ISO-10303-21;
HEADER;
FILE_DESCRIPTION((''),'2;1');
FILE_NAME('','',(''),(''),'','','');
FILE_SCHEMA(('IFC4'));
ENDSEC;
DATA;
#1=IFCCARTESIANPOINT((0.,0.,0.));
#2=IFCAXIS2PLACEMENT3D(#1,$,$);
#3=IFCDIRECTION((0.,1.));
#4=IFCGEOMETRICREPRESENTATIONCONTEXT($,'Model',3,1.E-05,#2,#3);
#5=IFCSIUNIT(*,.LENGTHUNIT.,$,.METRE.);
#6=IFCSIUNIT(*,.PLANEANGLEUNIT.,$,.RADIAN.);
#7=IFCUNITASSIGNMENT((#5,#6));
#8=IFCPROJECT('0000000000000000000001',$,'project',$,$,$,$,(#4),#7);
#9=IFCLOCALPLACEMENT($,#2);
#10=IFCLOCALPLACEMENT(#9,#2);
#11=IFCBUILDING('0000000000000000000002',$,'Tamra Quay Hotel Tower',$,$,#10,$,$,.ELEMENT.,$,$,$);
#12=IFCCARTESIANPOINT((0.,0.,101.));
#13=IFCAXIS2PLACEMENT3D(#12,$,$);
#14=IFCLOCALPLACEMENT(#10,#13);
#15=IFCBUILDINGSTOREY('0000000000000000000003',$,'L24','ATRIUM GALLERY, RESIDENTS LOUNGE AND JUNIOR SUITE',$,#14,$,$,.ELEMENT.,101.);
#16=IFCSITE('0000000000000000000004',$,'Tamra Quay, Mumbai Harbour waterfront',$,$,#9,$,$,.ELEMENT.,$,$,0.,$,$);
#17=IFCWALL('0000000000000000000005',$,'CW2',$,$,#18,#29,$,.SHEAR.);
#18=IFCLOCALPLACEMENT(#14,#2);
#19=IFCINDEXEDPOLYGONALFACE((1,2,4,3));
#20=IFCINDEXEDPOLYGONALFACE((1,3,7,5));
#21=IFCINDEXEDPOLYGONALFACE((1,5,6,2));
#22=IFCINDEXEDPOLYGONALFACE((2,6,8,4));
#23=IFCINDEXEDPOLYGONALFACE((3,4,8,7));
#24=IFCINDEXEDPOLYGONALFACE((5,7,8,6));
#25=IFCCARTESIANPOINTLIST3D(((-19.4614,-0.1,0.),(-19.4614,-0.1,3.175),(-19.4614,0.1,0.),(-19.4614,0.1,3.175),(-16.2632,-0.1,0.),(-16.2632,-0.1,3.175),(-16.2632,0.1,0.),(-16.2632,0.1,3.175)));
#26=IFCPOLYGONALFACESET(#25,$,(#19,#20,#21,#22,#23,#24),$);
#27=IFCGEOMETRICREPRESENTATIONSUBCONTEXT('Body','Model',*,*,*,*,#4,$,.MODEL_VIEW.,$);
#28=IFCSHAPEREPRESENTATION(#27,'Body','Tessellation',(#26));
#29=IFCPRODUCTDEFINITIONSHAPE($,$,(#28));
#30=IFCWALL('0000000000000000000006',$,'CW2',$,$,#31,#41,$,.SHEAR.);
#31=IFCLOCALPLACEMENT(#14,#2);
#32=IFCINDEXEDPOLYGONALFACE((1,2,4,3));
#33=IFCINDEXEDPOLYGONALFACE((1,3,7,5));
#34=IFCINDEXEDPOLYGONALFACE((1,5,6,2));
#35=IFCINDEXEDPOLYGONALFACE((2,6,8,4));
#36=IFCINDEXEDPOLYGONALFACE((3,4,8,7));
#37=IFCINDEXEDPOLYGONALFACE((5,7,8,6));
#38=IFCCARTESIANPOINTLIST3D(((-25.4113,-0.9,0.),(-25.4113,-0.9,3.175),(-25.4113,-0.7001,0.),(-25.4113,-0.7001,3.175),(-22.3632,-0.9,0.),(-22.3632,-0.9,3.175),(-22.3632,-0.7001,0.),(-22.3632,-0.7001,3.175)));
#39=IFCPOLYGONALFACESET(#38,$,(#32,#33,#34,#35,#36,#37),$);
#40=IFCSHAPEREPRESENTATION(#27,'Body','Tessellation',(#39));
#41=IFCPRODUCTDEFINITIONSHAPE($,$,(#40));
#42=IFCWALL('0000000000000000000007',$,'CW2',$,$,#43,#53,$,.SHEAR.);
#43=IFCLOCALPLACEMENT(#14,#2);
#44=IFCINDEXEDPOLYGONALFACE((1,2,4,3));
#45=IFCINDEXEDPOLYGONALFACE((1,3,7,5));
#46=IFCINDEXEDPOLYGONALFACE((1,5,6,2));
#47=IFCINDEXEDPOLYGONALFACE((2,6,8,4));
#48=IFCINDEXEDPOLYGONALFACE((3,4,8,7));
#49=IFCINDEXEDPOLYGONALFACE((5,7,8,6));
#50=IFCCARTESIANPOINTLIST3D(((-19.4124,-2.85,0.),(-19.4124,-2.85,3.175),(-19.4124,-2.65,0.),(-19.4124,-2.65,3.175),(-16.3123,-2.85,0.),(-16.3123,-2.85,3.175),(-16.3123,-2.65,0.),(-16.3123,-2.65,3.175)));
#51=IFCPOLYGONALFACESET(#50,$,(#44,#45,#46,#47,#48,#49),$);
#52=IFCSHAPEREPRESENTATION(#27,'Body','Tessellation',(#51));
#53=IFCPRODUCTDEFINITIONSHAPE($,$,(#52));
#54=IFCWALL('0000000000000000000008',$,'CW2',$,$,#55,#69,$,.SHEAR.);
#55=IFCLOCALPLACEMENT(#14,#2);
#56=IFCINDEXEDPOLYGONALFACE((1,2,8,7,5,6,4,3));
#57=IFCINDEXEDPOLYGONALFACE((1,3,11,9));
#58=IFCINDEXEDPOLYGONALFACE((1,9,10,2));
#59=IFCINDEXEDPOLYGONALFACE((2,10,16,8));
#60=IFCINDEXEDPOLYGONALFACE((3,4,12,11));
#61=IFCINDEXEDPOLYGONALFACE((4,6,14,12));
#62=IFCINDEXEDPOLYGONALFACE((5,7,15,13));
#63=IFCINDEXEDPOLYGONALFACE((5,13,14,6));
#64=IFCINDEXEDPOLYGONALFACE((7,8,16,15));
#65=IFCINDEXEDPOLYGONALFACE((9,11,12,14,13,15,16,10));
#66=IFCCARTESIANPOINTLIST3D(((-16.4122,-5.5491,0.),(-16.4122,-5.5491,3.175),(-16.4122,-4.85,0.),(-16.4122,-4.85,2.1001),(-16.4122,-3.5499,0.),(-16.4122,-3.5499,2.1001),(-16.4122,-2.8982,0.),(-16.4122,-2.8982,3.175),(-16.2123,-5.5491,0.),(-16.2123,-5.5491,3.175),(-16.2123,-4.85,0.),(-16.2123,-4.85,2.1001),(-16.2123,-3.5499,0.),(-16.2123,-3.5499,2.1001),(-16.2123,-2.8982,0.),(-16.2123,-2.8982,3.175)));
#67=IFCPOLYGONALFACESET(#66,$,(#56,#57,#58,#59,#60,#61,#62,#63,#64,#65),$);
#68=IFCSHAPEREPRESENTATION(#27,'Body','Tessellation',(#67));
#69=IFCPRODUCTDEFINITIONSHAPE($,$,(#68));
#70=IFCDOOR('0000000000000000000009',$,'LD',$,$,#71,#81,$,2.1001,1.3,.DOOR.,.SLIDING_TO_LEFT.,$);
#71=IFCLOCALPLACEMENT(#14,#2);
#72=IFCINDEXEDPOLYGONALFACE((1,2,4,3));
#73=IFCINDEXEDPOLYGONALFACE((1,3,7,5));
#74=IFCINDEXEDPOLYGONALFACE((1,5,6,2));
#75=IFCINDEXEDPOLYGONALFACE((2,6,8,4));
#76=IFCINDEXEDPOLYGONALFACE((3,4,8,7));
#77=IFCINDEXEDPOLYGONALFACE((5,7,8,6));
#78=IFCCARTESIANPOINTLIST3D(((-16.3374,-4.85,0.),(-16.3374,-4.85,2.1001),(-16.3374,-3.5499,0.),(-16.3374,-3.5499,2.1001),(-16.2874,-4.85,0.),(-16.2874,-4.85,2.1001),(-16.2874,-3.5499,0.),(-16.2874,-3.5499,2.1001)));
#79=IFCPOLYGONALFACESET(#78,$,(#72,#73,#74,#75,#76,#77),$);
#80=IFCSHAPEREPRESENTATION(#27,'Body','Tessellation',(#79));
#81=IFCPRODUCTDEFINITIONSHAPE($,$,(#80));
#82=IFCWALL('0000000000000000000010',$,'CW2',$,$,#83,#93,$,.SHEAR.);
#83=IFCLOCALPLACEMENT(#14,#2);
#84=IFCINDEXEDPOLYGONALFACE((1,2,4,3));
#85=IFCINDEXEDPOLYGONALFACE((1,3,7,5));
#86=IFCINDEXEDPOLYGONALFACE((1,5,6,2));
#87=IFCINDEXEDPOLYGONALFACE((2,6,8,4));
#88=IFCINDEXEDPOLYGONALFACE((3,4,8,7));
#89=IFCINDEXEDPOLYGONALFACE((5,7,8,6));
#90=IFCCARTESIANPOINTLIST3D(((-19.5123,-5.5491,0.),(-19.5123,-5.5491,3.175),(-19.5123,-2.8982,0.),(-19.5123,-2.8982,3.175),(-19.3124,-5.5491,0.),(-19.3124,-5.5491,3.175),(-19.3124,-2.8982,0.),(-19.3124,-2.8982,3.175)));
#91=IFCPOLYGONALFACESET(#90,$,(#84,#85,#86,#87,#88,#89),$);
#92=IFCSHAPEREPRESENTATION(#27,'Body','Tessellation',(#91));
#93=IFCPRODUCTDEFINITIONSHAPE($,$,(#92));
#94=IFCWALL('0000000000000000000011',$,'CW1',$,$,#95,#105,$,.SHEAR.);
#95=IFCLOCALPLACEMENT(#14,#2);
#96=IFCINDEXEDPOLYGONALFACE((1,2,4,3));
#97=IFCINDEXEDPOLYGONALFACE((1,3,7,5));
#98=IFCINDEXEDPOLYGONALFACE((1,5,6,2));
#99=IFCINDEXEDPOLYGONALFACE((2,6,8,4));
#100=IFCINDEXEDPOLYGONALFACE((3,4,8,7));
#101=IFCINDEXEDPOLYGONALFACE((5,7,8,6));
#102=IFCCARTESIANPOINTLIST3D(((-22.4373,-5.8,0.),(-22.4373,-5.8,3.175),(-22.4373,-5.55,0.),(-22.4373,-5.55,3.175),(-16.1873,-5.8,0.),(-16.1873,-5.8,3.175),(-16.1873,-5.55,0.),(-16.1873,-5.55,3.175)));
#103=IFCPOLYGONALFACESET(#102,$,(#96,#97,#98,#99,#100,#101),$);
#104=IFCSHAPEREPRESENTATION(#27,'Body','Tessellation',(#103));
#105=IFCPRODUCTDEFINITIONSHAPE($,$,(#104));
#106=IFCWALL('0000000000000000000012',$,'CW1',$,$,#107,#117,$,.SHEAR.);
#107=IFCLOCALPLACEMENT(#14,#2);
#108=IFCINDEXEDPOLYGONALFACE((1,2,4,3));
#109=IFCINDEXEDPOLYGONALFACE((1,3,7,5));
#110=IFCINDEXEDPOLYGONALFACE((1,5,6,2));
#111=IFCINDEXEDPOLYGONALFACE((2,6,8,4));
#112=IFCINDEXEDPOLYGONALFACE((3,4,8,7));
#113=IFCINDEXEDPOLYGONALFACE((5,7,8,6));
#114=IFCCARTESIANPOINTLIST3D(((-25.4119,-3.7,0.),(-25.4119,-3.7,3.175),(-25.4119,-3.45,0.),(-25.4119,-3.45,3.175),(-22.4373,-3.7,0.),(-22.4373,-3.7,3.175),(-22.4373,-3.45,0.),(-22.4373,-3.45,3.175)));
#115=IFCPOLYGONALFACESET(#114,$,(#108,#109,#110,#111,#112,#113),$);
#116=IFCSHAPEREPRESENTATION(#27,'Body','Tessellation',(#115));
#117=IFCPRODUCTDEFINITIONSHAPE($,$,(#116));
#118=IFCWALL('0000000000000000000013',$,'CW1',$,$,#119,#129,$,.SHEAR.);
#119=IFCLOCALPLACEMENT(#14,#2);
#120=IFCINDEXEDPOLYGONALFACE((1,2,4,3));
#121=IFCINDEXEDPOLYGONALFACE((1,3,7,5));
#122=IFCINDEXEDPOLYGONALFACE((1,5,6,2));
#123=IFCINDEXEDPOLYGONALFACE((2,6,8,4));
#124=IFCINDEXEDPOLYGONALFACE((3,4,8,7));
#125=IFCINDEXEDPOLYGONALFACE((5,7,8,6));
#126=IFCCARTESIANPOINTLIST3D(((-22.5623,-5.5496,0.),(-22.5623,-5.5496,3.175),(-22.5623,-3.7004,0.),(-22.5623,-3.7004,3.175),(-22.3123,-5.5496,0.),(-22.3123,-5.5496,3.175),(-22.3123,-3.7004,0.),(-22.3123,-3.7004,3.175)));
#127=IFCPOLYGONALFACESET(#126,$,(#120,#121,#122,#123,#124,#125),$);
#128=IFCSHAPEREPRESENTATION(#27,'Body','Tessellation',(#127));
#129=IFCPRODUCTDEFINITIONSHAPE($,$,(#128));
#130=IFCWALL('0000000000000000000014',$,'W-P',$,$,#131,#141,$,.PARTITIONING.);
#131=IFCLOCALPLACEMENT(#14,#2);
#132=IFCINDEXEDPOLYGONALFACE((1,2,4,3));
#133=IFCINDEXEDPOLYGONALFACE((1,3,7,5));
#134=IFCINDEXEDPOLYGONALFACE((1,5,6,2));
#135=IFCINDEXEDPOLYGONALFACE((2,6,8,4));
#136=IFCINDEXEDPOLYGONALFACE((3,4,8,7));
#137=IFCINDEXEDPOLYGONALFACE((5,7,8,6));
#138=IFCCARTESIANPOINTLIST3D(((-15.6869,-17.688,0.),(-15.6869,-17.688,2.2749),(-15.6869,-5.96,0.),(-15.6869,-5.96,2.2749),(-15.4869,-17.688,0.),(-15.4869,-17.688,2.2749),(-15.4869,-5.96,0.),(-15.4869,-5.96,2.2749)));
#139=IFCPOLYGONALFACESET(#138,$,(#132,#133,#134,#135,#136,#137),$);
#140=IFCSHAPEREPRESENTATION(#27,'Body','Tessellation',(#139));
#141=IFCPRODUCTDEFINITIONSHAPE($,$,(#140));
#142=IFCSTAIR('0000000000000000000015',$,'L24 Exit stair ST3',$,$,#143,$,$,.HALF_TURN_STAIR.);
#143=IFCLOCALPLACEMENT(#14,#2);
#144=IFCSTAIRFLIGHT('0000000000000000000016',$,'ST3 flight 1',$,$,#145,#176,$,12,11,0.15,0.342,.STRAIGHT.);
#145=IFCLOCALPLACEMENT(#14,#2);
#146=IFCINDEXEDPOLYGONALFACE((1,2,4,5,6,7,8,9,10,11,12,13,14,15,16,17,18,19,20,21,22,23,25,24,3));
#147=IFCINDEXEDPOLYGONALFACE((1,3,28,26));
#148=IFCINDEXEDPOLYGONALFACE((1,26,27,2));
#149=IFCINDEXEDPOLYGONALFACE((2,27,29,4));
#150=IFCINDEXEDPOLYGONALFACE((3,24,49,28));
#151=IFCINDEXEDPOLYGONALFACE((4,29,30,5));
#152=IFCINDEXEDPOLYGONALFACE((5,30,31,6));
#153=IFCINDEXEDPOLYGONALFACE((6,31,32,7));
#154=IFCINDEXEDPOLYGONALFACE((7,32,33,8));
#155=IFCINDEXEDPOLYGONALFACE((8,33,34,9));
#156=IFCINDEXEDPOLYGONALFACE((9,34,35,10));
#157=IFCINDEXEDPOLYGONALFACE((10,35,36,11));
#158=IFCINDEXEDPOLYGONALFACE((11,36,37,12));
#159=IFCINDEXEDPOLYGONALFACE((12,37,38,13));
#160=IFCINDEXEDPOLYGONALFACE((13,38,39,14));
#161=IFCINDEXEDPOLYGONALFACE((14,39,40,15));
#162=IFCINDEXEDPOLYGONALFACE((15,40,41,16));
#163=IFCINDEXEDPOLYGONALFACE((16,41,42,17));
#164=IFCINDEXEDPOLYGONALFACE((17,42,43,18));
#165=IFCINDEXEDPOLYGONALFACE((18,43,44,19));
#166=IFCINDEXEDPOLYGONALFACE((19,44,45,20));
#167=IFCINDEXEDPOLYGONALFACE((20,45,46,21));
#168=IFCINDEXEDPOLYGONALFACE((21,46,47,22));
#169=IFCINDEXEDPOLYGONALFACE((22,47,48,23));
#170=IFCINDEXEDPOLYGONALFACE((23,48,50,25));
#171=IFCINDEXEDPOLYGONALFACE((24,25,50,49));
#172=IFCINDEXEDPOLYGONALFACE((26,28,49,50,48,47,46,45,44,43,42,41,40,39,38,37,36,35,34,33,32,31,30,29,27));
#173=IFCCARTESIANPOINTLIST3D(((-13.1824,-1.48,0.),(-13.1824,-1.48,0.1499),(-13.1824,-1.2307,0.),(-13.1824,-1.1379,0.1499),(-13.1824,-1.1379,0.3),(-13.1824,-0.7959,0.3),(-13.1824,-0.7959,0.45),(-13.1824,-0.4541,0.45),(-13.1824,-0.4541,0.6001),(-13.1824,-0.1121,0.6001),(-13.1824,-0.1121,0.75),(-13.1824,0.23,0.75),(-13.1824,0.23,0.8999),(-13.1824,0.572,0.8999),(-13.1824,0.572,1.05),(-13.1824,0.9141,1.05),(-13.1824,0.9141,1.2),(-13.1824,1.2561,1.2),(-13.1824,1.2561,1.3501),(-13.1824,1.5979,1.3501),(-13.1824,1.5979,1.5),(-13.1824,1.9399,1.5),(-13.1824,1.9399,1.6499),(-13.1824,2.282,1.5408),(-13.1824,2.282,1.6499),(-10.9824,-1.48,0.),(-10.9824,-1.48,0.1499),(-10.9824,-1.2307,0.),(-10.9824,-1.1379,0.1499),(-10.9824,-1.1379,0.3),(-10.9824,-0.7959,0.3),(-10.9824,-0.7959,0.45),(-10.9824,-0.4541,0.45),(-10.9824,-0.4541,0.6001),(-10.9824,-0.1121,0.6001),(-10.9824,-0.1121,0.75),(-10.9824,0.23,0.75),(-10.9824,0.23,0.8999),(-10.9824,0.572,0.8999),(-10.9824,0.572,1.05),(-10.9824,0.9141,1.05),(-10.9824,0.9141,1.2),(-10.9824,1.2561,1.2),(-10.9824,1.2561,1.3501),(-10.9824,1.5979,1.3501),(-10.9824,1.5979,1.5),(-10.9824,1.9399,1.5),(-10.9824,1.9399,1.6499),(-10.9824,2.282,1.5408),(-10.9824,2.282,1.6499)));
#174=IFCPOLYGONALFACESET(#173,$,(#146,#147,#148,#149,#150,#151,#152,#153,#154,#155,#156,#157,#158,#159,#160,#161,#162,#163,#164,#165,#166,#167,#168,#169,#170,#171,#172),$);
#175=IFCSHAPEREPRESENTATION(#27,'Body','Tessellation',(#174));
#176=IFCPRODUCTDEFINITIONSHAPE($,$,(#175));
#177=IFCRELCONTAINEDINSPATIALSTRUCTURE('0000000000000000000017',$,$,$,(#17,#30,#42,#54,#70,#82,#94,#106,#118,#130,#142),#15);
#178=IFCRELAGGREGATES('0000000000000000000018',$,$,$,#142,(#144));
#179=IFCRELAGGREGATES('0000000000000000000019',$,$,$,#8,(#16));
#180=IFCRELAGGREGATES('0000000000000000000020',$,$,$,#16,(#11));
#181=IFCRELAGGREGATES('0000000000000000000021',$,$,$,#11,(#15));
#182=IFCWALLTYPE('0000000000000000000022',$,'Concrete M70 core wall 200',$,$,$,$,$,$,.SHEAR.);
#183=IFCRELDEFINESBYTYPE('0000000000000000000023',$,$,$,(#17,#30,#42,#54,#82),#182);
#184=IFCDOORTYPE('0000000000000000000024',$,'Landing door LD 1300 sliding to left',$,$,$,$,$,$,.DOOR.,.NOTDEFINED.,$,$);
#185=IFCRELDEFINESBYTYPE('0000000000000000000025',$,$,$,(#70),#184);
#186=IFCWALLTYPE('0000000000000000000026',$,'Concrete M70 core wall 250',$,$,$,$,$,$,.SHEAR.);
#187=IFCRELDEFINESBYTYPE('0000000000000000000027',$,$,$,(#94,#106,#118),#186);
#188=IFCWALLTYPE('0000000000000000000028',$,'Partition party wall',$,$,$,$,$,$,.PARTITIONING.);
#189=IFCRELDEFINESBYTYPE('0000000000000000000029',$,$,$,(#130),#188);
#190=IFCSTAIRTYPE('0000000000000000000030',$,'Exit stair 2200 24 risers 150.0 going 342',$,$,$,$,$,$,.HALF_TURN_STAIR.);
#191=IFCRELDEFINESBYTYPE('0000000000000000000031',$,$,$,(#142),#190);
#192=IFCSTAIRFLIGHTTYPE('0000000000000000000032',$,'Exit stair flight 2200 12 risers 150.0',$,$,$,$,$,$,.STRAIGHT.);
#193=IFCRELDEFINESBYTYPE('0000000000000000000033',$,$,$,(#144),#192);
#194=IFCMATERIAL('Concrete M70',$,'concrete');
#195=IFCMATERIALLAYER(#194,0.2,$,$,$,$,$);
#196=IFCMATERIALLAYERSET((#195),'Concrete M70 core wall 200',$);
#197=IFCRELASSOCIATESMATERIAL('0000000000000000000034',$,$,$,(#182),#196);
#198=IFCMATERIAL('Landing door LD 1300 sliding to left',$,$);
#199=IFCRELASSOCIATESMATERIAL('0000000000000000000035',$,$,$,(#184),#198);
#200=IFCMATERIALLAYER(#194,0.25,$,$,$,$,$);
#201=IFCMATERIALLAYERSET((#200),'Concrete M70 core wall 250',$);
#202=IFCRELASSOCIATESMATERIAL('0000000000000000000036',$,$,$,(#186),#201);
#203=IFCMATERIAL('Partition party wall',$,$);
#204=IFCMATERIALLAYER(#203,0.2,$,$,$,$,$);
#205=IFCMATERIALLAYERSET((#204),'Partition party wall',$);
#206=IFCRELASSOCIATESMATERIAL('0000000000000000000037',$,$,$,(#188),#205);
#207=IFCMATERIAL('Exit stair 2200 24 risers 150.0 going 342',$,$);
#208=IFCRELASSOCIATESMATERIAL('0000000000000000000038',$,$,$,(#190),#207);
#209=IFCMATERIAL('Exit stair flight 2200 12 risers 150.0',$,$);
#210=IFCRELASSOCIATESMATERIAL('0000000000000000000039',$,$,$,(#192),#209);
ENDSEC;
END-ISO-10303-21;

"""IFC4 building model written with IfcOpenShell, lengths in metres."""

from ifc_helpers import new_model, si_unit, direction, frame, frame_2d, origin, place, context, subcontext, project, spatial, polyline, rectangle, outline, extrude, material, layer, layer_set, type_object, element, fill, aggregate, save


model = new_model("IFC4")

# Units and contexts
model_context = context("Model", 3, precision=1e-05, world=origin(), true_north=direction((0.0, 1.0)))
body_context = subcontext(model_context, "Body", "Model", "MODEL_VIEW")
ifc_project = project(units=[si_unit("LENGTHUNIT", "METRE"), si_unit("PLANEANGLEUNIT", "RADIAN")], contexts=[model_context])

# Site, building, storey
site_placement = place(None, origin())
site = spatial("IfcSite", under=ifc_project, at=site_placement, Name="Tamra Quay, Mumbai Harbour waterfront", CompositionType="ELEMENT", RefElevation=0.0)
building_placement = place(site_placement, origin())
building = spatial("IfcBuilding", under=site, at=building_placement, Name="Tamra Quay Hotel Tower", CompositionType="ELEMENT")
storey_placement = place(building_placement, frame((0.0, 0.0, 101.0)))
storey = spatial("IfcBuildingStorey", under=building, at=storey_placement, Name="L24", Description="ATRIUM GALLERY, RESIDENTS LOUNGE AND JUNIOR SUITE", CompositionType="ELEMENT", Elevation=101.0)

# Shared definitions
ifc_material_1 = material(Name="Concrete M70", Category="concrete")

# Walls
ifc_layer_1 = layer(ifc_material_1, 0.2)
ifc_layer_set_1 = layer_set([ifc_layer_1], Name="Concrete M70 core wall 200")
wall_type_1 = type_object("IfcWallType", Name="Concrete M70 core wall 200", PredefinedType="SHEAR", material=ifc_layer_set_1)
wall_1_placement = place(storey_placement, frame((-16.2632, 0.0, 0.0), z_axis=(0.0, 0.0, 1.0), x_axis=(-1.0, 0.0, 0.0)))
element("IfcWall", 1, at=wall_1_placement, inside=storey, type_object=wall_type_1, Name="CW2", PredefinedType="SHEAR", context=body_context, shape_type="SweptSolid", body=[
    extrude(rectangle(XDim=3.1982, YDim=0.2, at=frame_2d((1.5991, 0.0))), origin(), (0.0, 0.0, 1.0), 3.175),
])
wall_2_placement = place(storey_placement, frame((-22.3633, -0.8, 0.0), z_axis=(0.0, 0.0, 1.0), x_axis=(-1.0, 0.0, 0.0)))
element("IfcWall", 2, at=wall_2_placement, inside=storey, type_object=wall_type_1, Name="CW2", PredefinedType="SHEAR", context=body_context, shape_type="SweptSolid", body=[
    extrude(rectangle(XDim=3.0481, YDim=0.2, at=frame_2d((1.5239, 0.0))), origin(), (0.0, 0.0, 1.0), 3.175),
])
wall_3_placement = place(storey_placement, frame((-19.4124, -2.75, 0.0), z_axis=(0.0, 0.0, 1.0), x_axis=(1.0, 0.0, 0.0)))
element("IfcWall", 3, at=wall_3_placement, inside=storey, type_object=wall_type_1, Name="CW2", PredefinedType="SHEAR", context=body_context, shape_type="SweptSolid", body=[
    extrude(rectangle(XDim=3.1001, YDim=0.2, at=frame_2d((1.55, 0.0))), origin(), (0.0, 0.0, 1.0), 3.175),
])

# Wall, opening, door
wall_4_placement = place(storey_placement, frame((-16.3123, -2.8982, 0.0), z_axis=(0.0, 0.0, 1.0), x_axis=(0.0, -1.0, 0.0)))
wall_4 = element("IfcWall", 4, at=wall_4_placement, inside=storey, type_object=wall_type_1, Name="CW2", PredefinedType="SHEAR", context=body_context, shape_type="SweptSolid", body=[
    extrude(rectangle(XDim=2.6509, YDim=0.2, at=frame_2d((1.3254, 0.0))), origin(), (0.0, 0.0, 1.0), 3.175),
])
opening_placement = place(wall_4_placement, frame((0.6519, 0.0, 0.0)))
opening = element("IfcOpeningElement", 5, at=opening_placement, cuts=wall_4, PredefinedType="OPENING", context=body_context, shape_type="SweptSolid", body=[
    extrude(rectangle(XDim=1.3, YDim=2.1001, at=frame_2d((0.6499, 1.05))), frame((0.0, 0.1099, 0.0), z_axis=(0.0, -1.0, 0.0), x_axis=(1.0, 0.0, 0.0)), (0.0, 0.0, 1.0), 0.22),
])
ifc_material_2 = material(Name="Landing door LD 1300 sliding to left")
door_type = type_object("IfcDoorType", Name="Landing door LD 1300 sliding to left", OperationType="NOTDEFINED", PredefinedType="DOOR", material=ifc_material_2)
door_placement = place(opening_placement, origin())
door = element("IfcDoor", 6, at=door_placement, inside=storey, type_object=door_type, Name="LD", OperationType="SLIDING_TO_LEFT", OverallHeight=2.1001, OverallWidth=1.3, PredefinedType="DOOR", context=body_context, shape_type="SweptSolid", body=[
    extrude(rectangle(XDim=1.3, YDim=2.1001, at=frame_2d((0.6499, 1.05))), frame((0.0, 0.0249, 0.0), z_axis=(0.0, -1.0, 0.0), x_axis=(1.0, 0.0, 0.0)), (0.0, 0.0, 1.0), 0.05),
])
fill(opening, door)

# Walls
wall_5_placement = place(storey_placement, frame((-19.4124, -5.5491, 0.0), z_axis=(0.0, 0.0, 1.0), x_axis=(0.0, 1.0, 0.0)))
element("IfcWall", 7, at=wall_5_placement, inside=storey, type_object=wall_type_1, Name="CW2", PredefinedType="SHEAR", context=body_context, shape_type="SweptSolid", body=[
    extrude(rectangle(XDim=2.6509, YDim=0.2, at=frame_2d((1.3254, 0.0))), origin(), (0.0, 0.0, 1.0), 3.175),
])
ifc_layer_2 = layer(ifc_material_1, 0.25)
ifc_layer_set_2 = layer_set([ifc_layer_2], Name="Concrete M70 core wall 250")
wall_type_2 = type_object("IfcWallType", Name="Concrete M70 core wall 250", PredefinedType="SHEAR", material=ifc_layer_set_2)
wall_6_placement = place(storey_placement, frame((-16.1873, -5.675, 0.0), z_axis=(0.0, 0.0, 1.0), x_axis=(-1.0, 0.0, 0.0)))
element("IfcWall", 8, at=wall_6_placement, inside=storey, type_object=wall_type_2, Name="CW1", PredefinedType="SHEAR", context=body_context, shape_type="SweptSolid", body=[
    extrude(rectangle(XDim=6.25, YDim=0.25, at=frame_2d((3.125, 0.0))), origin(), (0.0, 0.0, 1.0), 3.175),
])
wall_7_placement = place(storey_placement, frame((-22.4373, -3.575, 0.0), z_axis=(0.0, 0.0, 1.0), x_axis=(-1.0, 0.0, 0.0)))
element("IfcWall", 9, at=wall_7_placement, inside=storey, type_object=wall_type_2, Name="CW1", PredefinedType="SHEAR", context=body_context, shape_type="SweptSolid", body=[
    extrude(rectangle(XDim=2.9746, YDim=0.25, at=frame_2d((1.4873, 0.0))), origin(), (0.0, 0.0, 1.0), 3.175),
])
wall_8_placement = place(storey_placement, frame((-22.4373, -5.5496, 0.0), z_axis=(0.0, 0.0, 1.0), x_axis=(0.0, 1.0, 0.0)))
element("IfcWall", 10, at=wall_8_placement, inside=storey, type_object=wall_type_2, Name="CW1", PredefinedType="SHEAR", context=body_context, shape_type="SweptSolid", body=[
    extrude(rectangle(XDim=1.8491, YDim=0.25, at=frame_2d((0.9246, 0.0))), origin(), (0.0, 0.0, 1.0), 3.175),
])
ifc_material_3 = material(Name="Partition party wall")
ifc_layer_3 = layer(ifc_material_3, 0.2)
ifc_layer_set_3 = layer_set([ifc_layer_3], Name="Partition party wall")
wall_type_3 = type_object("IfcWallType", Name="Partition party wall", PredefinedType="PARTITIONING", material=ifc_layer_set_3)
wall_9_placement = place(storey_placement, frame((-15.5869, -17.688, 0.0), z_axis=(0.0, 0.0, 1.0), x_axis=(0.0, 1.0, 0.0)))
element("IfcWall", 11, at=wall_9_placement, inside=storey, type_object=wall_type_3, Name="W-P", PredefinedType="PARTITIONING", context=body_context, shape_type="SweptSolid", body=[
    extrude(rectangle(XDim=11.728, YDim=0.2, at=frame_2d((5.864, 0.0))), origin(), (0.0, 0.0, 1.0), 2.2749),
])

# Stair, stair flight
ifc_material_4 = material(Name="Exit stair 2200 24 risers 150.0 going 342")
stair_type = type_object("IfcStairType", Name="Exit stair 2200 24 risers 150.0 going 342", PredefinedType="HALF_TURN_STAIR", material=ifc_material_4)
stair_placement = place(storey_placement, origin())
stair = element("IfcStair", 12, at=stair_placement, inside=storey, type_object=stair_type, Name="L24 Exit stair ST3", PredefinedType="HALF_TURN_STAIR")
ifc_material_5 = material(Name="Exit stair flight 2200 12 risers 150.0")
stair_flight_type = type_object("IfcStairFlightType", Name="Exit stair flight 2200 12 risers 150.0", PredefinedType="STRAIGHT", material=ifc_material_5)
stair_flight_placement = place(storey_placement, frame((-12.0823, -1.48, 0.0), z_axis=(0.0, 0.0, 1.0), x_axis=(0.0, 1.0, 0.0)))
stair_flight = element("IfcStairFlight", 13, at=stair_flight_placement, type_object=stair_flight_type, Name="ST3 flight 1", NumberOfRisers=12, NumberOfTreads=11, PredefinedType="STRAIGHT", RiserHeight=0.15, TreadLength=0.342, context=body_context, shape_type="SweptSolid", body=[
    extrude(outline(polyline([(0.0, 0.0), (0.0, 0.1499), (0.342, 0.1499), (0.342, 0.3), (0.6841, 0.3), (0.6841, 0.45), (1.0259, 0.45), (1.0259, 0.6001), (1.3679, 0.6001), (1.3679, 0.75), (1.71, 0.75), (1.71, 0.8999), (2.052, 0.8999), (2.052, 1.05), (2.394, 1.05), (2.394, 1.2), (2.7361, 1.2), (2.7361, 1.3501), (3.0779, 1.3501), (3.0779, 1.5), (3.4199, 1.5), (3.4199, 1.6499), (3.762, 1.6499), (3.762, 1.8), (3.762, 1.5408), (0.2493, 0.0), (0.0, 0.0)])), frame((0.0, 1.1001, 0.0), z_axis=(0.0, -1.0, 0.0), x_axis=(1.0, 0.0, 0.0)), (0.0, 0.0, 1.0), 2.2),
])
aggregate(stair, [stair_flight])

save(model, "model.ifc")
